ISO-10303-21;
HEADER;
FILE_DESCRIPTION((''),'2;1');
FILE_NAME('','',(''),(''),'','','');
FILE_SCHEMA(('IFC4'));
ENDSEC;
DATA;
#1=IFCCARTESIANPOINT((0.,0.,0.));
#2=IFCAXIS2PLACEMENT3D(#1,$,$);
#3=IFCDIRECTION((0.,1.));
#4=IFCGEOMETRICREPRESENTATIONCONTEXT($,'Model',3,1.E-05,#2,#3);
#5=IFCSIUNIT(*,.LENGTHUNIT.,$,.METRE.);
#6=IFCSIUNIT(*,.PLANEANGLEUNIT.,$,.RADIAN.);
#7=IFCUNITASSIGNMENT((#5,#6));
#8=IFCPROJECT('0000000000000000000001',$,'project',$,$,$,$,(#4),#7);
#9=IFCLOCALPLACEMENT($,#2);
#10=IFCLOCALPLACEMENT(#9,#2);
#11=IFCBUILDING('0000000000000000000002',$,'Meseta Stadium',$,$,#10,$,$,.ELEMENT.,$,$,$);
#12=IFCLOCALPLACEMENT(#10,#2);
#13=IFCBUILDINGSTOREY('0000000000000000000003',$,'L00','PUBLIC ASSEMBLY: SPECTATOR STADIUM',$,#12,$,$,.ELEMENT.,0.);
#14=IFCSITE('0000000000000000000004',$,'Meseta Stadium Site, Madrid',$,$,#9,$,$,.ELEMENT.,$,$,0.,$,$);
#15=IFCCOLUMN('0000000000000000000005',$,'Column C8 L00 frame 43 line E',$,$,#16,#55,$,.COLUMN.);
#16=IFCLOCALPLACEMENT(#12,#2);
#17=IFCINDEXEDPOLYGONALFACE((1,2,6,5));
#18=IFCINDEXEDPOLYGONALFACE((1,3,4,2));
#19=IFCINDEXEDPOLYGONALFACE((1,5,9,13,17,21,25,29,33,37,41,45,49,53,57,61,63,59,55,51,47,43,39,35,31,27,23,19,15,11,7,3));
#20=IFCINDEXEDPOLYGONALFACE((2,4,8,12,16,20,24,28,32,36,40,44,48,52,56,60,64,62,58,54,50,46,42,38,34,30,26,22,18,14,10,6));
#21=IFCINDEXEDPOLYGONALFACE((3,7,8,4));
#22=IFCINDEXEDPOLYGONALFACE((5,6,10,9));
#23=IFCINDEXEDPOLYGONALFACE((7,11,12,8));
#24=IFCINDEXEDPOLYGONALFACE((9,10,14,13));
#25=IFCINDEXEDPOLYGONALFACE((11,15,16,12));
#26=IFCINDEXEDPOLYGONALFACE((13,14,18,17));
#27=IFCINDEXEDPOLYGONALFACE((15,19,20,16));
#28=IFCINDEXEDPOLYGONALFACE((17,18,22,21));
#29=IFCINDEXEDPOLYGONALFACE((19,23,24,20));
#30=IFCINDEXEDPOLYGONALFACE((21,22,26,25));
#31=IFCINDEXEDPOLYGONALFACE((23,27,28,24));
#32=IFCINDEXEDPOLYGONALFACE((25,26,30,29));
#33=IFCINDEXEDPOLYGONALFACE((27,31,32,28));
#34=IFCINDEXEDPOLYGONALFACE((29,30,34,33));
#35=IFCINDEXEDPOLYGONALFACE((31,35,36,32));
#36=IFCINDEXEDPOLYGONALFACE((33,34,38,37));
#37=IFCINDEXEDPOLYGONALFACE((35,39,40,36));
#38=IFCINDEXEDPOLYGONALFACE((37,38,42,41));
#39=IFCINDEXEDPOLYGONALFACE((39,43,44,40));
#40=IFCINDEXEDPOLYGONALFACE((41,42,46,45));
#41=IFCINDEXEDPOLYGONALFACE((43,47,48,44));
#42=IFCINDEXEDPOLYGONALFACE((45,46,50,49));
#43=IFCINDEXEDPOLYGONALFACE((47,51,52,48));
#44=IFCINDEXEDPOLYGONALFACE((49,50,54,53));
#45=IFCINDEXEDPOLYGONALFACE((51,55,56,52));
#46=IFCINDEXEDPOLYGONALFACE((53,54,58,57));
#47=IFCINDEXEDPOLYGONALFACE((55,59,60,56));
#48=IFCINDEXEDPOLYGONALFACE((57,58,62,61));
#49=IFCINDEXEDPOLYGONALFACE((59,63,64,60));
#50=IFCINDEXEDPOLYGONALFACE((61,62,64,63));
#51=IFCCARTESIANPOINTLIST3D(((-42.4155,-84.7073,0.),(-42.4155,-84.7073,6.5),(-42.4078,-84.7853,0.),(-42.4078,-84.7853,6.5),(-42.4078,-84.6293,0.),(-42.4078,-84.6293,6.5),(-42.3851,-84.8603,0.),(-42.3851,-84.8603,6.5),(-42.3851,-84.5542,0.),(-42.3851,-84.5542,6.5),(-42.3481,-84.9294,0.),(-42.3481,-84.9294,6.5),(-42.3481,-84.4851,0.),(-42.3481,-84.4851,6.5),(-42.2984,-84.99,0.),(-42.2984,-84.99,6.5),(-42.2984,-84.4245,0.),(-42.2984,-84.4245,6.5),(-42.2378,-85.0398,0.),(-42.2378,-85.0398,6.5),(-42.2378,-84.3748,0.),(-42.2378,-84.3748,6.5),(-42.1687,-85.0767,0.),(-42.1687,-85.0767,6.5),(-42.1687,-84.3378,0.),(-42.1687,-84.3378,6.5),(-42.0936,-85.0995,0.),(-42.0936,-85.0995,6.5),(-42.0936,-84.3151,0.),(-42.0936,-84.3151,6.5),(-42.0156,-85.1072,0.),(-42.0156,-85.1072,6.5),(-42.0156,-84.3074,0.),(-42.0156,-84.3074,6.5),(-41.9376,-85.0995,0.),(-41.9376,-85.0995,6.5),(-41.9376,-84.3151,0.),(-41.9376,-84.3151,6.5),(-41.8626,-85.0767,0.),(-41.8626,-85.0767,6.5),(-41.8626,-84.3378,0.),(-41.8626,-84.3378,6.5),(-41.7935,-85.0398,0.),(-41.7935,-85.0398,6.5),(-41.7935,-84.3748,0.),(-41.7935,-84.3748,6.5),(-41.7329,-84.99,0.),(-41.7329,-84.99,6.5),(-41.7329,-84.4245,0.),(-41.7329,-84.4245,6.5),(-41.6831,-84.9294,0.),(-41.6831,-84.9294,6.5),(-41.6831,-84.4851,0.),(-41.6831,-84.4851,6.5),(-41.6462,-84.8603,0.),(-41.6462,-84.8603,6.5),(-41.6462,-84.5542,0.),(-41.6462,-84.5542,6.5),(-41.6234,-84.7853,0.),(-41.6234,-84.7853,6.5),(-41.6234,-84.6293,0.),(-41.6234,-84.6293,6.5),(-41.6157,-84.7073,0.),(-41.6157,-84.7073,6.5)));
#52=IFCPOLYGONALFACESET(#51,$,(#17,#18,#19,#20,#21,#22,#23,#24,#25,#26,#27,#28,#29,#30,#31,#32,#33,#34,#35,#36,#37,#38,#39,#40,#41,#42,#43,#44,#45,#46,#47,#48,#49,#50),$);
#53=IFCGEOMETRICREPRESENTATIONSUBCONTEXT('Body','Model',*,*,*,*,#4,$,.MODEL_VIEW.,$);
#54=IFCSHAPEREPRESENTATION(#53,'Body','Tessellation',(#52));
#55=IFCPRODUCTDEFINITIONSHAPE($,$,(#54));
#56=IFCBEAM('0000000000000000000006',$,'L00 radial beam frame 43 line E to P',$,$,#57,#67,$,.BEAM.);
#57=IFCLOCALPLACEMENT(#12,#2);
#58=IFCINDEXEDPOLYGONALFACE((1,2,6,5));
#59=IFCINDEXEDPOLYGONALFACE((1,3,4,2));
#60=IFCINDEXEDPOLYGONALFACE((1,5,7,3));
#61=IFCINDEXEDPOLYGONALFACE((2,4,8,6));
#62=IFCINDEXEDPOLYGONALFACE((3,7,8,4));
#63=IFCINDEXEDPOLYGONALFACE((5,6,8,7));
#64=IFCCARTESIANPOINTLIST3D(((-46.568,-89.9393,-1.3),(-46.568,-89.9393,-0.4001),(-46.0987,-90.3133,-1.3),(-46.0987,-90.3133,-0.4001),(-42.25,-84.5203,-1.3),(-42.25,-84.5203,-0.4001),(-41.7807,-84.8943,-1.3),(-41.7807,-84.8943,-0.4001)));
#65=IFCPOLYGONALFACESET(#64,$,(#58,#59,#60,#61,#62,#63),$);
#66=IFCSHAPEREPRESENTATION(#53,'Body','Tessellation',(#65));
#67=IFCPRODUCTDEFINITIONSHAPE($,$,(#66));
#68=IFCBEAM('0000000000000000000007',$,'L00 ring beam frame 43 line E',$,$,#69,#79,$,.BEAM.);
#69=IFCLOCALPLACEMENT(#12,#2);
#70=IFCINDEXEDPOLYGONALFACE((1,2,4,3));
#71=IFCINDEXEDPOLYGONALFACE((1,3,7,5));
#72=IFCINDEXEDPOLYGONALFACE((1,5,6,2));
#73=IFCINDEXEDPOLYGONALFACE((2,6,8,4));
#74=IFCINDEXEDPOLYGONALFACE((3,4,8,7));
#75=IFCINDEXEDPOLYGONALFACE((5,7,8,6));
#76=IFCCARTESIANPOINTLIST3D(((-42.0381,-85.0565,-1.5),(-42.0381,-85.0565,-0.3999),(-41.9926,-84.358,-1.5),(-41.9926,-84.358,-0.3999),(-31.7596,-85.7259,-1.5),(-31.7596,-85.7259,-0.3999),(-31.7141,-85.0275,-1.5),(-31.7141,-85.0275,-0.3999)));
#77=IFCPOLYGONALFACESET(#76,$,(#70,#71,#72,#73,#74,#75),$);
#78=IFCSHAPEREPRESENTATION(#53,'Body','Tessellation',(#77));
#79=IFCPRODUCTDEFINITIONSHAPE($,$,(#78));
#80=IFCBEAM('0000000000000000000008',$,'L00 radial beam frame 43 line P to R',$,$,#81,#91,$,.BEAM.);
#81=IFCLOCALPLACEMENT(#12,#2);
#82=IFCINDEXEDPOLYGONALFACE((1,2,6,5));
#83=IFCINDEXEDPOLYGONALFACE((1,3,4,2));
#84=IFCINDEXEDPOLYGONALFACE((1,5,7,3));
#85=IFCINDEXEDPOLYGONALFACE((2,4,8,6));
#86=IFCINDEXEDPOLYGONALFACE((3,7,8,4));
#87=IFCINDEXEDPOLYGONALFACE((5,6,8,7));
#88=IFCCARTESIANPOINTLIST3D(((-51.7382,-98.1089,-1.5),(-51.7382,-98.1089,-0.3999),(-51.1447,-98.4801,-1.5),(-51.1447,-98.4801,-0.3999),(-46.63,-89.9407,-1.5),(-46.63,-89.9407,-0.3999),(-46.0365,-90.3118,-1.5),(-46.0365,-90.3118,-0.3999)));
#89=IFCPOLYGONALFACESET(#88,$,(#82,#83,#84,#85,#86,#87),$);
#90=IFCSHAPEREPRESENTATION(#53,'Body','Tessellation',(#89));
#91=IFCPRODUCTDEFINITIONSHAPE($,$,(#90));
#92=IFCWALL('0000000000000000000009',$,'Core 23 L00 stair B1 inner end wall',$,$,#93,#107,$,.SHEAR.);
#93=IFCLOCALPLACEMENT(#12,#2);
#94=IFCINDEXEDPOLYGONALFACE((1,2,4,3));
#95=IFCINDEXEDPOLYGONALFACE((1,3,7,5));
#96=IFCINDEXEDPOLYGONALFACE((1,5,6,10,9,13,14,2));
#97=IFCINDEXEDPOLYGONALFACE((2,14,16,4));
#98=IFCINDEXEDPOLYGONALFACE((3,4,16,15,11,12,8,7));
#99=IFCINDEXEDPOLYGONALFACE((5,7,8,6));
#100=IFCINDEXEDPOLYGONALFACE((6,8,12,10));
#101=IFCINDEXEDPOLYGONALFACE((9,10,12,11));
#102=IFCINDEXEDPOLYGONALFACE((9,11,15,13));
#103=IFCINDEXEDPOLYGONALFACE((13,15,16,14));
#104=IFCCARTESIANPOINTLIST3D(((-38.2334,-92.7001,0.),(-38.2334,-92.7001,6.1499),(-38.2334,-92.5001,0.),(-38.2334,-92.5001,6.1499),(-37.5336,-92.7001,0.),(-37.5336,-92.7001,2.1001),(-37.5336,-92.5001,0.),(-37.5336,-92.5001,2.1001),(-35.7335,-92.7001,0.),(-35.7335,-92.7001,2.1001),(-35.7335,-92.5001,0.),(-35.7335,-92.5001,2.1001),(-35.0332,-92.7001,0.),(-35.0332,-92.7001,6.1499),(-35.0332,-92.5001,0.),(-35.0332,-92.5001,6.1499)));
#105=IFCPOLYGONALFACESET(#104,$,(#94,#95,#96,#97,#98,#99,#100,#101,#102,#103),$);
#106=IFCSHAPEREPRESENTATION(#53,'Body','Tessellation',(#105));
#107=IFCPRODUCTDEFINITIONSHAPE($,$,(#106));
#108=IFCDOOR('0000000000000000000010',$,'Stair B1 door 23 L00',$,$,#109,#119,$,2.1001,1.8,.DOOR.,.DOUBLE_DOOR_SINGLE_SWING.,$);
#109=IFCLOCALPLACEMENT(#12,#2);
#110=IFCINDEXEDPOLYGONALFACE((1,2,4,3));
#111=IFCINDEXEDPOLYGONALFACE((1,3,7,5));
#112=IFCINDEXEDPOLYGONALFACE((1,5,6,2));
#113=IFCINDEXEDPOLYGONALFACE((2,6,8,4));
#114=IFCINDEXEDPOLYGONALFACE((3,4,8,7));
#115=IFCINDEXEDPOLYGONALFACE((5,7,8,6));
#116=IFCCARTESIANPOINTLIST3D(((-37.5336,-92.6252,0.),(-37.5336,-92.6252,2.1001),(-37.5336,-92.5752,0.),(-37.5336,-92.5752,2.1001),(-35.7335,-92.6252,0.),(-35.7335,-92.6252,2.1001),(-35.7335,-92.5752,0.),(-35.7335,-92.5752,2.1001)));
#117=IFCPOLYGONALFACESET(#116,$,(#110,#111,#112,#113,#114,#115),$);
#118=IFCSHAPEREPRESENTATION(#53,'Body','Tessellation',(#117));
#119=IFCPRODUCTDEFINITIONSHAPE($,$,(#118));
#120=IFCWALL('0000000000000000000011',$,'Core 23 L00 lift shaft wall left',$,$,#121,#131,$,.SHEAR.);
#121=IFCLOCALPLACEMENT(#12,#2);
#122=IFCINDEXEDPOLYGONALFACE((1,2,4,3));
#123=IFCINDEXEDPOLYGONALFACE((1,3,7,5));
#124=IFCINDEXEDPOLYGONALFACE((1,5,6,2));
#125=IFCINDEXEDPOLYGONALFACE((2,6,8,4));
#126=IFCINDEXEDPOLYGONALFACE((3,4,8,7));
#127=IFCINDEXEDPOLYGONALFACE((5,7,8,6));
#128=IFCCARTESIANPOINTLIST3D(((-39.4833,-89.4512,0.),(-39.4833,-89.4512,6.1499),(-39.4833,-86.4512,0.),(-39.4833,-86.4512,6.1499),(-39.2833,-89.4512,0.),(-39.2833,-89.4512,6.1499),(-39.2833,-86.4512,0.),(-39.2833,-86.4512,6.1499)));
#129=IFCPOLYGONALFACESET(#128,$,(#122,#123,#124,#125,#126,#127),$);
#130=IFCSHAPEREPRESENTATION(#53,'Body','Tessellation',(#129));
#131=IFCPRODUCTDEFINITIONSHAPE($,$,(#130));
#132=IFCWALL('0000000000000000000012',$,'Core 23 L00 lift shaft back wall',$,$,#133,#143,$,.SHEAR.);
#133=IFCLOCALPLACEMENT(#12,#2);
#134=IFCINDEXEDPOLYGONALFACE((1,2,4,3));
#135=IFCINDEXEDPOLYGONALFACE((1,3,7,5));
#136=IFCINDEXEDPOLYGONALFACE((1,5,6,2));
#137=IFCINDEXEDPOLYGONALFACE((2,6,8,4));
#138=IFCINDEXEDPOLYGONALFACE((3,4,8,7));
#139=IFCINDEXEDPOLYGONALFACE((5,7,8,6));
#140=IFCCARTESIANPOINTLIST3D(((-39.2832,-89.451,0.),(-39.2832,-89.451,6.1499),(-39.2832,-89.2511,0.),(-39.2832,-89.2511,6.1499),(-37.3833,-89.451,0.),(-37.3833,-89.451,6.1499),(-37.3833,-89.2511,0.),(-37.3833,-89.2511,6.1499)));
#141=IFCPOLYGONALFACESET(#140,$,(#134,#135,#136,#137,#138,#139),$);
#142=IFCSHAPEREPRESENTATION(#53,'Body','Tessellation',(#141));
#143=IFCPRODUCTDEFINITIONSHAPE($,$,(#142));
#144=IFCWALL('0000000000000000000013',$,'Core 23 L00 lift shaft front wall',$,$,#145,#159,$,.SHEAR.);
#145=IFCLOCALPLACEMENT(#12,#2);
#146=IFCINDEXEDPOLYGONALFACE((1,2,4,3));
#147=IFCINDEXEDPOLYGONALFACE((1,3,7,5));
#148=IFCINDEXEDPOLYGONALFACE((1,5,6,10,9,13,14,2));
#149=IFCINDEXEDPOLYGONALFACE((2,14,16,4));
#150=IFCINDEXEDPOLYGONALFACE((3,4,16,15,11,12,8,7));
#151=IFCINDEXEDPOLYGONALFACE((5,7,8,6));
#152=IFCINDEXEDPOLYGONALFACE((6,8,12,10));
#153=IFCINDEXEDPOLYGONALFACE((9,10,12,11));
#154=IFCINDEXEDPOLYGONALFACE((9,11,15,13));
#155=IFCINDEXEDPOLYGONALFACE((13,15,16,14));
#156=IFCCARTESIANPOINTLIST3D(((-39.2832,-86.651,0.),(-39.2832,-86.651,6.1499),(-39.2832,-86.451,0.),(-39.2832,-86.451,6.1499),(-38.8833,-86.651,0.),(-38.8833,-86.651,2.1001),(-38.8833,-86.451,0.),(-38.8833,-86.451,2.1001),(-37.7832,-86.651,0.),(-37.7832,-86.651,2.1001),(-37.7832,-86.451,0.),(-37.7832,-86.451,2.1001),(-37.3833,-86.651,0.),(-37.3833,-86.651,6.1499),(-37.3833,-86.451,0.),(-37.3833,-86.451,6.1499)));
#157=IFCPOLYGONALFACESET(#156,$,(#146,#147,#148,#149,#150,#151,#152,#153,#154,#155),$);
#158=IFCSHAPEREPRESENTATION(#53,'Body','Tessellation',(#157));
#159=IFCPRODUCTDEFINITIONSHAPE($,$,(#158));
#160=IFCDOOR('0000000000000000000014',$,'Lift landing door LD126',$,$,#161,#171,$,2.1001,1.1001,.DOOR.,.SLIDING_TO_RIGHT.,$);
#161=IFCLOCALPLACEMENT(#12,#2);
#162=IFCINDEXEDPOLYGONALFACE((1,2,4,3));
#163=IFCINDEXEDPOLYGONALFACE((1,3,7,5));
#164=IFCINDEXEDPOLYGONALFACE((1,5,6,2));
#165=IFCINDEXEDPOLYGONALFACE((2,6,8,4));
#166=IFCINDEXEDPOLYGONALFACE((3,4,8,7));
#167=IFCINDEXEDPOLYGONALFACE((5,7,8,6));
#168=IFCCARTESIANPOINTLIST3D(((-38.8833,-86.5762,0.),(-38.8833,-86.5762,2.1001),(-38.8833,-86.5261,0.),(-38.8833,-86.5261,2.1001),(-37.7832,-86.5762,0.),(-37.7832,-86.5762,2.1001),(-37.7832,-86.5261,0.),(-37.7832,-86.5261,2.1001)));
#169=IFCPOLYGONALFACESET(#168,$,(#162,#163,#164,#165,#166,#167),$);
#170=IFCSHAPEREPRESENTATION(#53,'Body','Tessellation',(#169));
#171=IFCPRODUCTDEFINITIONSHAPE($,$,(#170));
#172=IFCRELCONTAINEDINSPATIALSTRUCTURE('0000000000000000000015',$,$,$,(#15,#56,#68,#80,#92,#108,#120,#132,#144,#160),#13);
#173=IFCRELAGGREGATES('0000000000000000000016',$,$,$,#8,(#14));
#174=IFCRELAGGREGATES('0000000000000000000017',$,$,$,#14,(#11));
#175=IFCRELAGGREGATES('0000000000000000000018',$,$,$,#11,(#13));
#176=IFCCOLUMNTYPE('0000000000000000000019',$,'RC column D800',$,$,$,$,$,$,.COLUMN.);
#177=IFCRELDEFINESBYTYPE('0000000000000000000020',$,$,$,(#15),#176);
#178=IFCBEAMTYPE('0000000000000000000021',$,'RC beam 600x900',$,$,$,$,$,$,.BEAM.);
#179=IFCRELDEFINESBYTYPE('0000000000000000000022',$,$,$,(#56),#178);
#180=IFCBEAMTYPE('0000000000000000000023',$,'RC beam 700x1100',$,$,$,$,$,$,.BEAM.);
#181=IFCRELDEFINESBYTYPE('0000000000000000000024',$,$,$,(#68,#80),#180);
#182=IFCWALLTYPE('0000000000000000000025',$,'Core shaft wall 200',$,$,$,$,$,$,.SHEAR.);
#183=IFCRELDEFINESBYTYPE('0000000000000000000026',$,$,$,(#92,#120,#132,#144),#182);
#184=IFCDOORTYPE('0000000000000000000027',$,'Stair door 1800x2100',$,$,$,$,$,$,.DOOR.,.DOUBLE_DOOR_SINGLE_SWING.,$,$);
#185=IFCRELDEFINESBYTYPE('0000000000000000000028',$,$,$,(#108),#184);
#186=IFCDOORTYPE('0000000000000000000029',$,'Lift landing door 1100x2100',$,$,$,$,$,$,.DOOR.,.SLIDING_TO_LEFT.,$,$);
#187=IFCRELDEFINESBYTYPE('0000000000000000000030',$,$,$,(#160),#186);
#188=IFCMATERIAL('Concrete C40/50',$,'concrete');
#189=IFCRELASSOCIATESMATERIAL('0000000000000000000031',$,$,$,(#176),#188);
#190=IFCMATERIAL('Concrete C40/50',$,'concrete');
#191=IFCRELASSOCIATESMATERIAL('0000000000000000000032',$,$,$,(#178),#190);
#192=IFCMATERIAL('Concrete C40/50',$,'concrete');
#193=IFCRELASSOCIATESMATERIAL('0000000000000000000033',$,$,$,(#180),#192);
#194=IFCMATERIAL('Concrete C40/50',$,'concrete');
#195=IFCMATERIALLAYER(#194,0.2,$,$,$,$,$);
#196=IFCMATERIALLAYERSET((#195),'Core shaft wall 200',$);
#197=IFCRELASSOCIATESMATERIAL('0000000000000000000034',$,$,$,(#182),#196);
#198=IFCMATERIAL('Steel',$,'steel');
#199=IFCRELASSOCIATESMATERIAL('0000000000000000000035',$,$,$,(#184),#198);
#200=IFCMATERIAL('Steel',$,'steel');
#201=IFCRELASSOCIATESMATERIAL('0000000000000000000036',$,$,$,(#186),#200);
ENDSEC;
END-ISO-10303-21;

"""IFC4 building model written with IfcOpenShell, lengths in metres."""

from ifc_helpers import new_model, si_unit, direction, frame, frame_2d, origin, origin_2d, place, context, subcontext, project, spatial, rectangle, circle, extrude, material, layer, layer_set, material_profile, profile_set, type_object, element, fill, save


model = new_model("IFC4")

# Units and contexts
model_context = context("Model", 3, precision=1e-05, world=origin(), true_north=direction((0.0, 1.0)))
body_context = subcontext(model_context, "Body", "Model", "MODEL_VIEW")
ifc_project = project(units=[si_unit("LENGTHUNIT", "METRE"), si_unit("PLANEANGLEUNIT", "RADIAN")], contexts=[model_context])

# Site, building, storey
site_placement = place(None, origin())
site = spatial("IfcSite", under=ifc_project, at=site_placement, Name="Meseta Stadium Site, Madrid", CompositionType="ELEMENT", RefElevation=0.0)
building_placement = place(site_placement, origin())
building = spatial("IfcBuilding", under=site, at=building_placement, Name="Meseta Stadium", CompositionType="ELEMENT")
storey_placement = place(building_placement, origin())
storey = spatial("IfcBuildingStorey", under=building, at=storey_placement, Name="L00", Description="PUBLIC ASSEMBLY: SPECTATOR STADIUM", CompositionType="ELEMENT", Elevation=0.0)

# Column
ifc_material_1 = material(Name="Concrete C40/50", Category="concrete")
ifc_material_profile_1 = material_profile(ifc_material_1, circle(Radius=0.3999, at=origin_2d()), Name="RC D800")
ifc_profile_set_1 = profile_set([ifc_material_profile_1], Name="Concrete C40/50")
column_type = type_object("IfcColumnType", Name="RC column D800", PredefinedType="COLUMN", material=ifc_profile_set_1)
column_placement = place(storey_placement, frame((-42.0156, -84.7073, 0.0), z_axis=(0.0, 0.0, 1.0), x_axis=(1.0, 0.0, 0.0)))
element("IfcColumn", 1, at=column_placement, inside=storey, type_object=column_type, Name="Column C8 L00 frame 43 line E", PredefinedType="COLUMN", context=body_context, shape_type="SweptSolid", body=[
    extrude(circle(Radius=0.3999, at=origin_2d()), origin(), (0.0, 0.0, 1.0), 6.5),
])

# Beams
ifc_material_2 = material(Name="Concrete C40/50", Category="concrete")
ifc_material_profile_2 = material_profile(ifc_material_2, rectangle(XDim=0.6001, YDim=0.8999, at=origin_2d()), Name="RC 600x900")
ifc_profile_set_2 = profile_set([ifc_material_profile_2], Name="Concrete C40/50")
beam_type_1 = type_object("IfcBeamType", Name="RC beam 600x900", PredefinedType="BEAM", material=ifc_profile_set_2)
beam_1_placement = place(storey_placement, frame((-42.0154, -84.7073, -0.8501), z_axis=(-0.623173, -0.782084, 0.0), x_axis=(0.782084, -0.623173, 0.0)))
element("IfcBeam", 2, at=beam_1_placement, inside=storey, type_object=beam_type_1, Name="L00 radial beam frame 43 line E to P", PredefinedType="BEAM", context=body_context, shape_type="SweptSolid", body=[
    extrude(rectangle(XDim=0.6001, YDim=0.8999, at=origin_2d()), origin(), (0.0, 0.0, 1.0), 6.929),
])
ifc_material_3 = material(Name="Concrete C40/50", Category="concrete")
ifc_material_profile_3 = material_profile(ifc_material_3, rectangle(XDim=0.7, YDim=1.1001, at=origin_2d()), Name="RC 700x1100")
ifc_profile_set_3 = profile_set([ifc_material_profile_3], Name="Concrete C40/50")
beam_type_2 = type_object("IfcBeamType", Name="RC beam 700x1100", PredefinedType="BEAM", material=ifc_profile_set_3)
beam_2_placement = place(storey_placement, frame((-42.0154, -84.7073, -0.95), z_axis=(0.997886, -0.064991, 0.0), x_axis=(0.064991, 0.997886, 0.0)))
element("IfcBeam", 3, at=beam_2_placement, inside=storey, type_object=beam_type_2, Name="L00 ring beam frame 43 line E", PredefinedType="BEAM", context=body_context, shape_type="SweptSolid", body=[
    extrude(rectangle(XDim=0.7, YDim=1.1001, at=origin_2d()), origin(), (0.0, 0.0, 1.0), 10.3003),
])
beam_3_placement = place(storey_placement, frame((-46.3333, -90.1262, -0.95), z_axis=(-0.530224, -0.847857, 0.0), x_axis=(0.847857, -0.530224, 0.0)))
element("IfcBeam", 4, at=beam_3_placement, inside=storey, type_object=beam_type_2, Name="L00 radial beam frame 43 line P to R", PredefinedType="BEAM", context=body_context, shape_type="SweptSolid", body=[
    extrude(rectangle(XDim=0.7, YDim=1.1001, at=origin_2d()), origin(), (0.0, 0.0, 1.0), 9.634),
])

# Wall, opening, door
ifc_material_4 = material(Name="Concrete C40/50", Category="concrete")
ifc_layer_1 = layer(ifc_material_4, 0.2)
ifc_layer_set_1 = layer_set([ifc_layer_1], Name="Core shaft wall 200")
wall_type_1 = type_object("IfcWallType", Name="Core shaft wall 200", PredefinedType="SHEAR", material=ifc_layer_set_1)
wall_1_placement = place(storey_placement, frame((-38.2334, -92.6001, 0.0), z_axis=(0.0, 0.0, 1.0), x_axis=(1.0, 0.0, 0.0)))
wall_1 = element("IfcWall", 5, at=wall_1_placement, inside=storey, type_object=wall_type_1, Name="Core 23 L00 stair B1 inner end wall", PredefinedType="SHEAR", context=body_context, shape_type="SweptSolid", body=[
    extrude(rectangle(XDim=3.2002, YDim=0.2, at=frame_2d((1.6001, 0.0))), origin(), (0.0, 0.0, 1.0), 6.1499),
])
opening_1_placement = place(wall_1_placement, frame((0.7, 0.0, 0.0)))
opening_1 = element("IfcOpeningElement", 6, at=opening_1_placement, cuts=wall_1, PredefinedType="OPENING", context=body_context, shape_type="SweptSolid", body=[
    extrude(rectangle(XDim=1.8, YDim=2.1001, at=frame_2d((0.8999, 1.05))), frame((0.0, 0.1099, 0.0), z_axis=(0.0, -1.0, 0.0), x_axis=(1.0, 0.0, 0.0)), (0.0, 0.0, 1.0), 0.22),
])
ifc_material_5 = material(Name="Steel", Category="steel")
door_type_1 = type_object("IfcDoorType", Name="Stair door 1800x2100", OperationType="DOUBLE_DOOR_SINGLE_SWING", PredefinedType="DOOR", material=ifc_material_5)
door_1_placement = place(opening_1_placement, origin())
door_1 = element("IfcDoor", 7, at=door_1_placement, inside=storey, type_object=door_type_1, Name="Stair B1 door 23 L00", OperationType="DOUBLE_DOOR_SINGLE_SWING", OverallHeight=2.1001, OverallWidth=1.8, PredefinedType="DOOR", context=body_context, shape_type="SweptSolid", body=[
    extrude(rectangle(XDim=1.8, YDim=2.1001, at=frame_2d((0.8999, 1.05))), frame((0.0, 0.0249, 0.0), z_axis=(0.0, -1.0, 0.0), x_axis=(1.0, 0.0, 0.0)), (0.0, 0.0, 1.0), 0.05),
])
fill(opening_1, door_1)

# Walls
wall_2_placement = place(storey_placement, frame((-39.3833, -89.4512, 0.0), z_axis=(0.0, 0.0, 1.0), x_axis=(0.0, 1.0, 0.0)))
element("IfcWall", 8, at=wall_2_placement, inside=storey, type_object=wall_type_1, Name="Core 23 L00 lift shaft wall left", PredefinedType="SHEAR", context=body_context, shape_type="SweptSolid", body=[
    extrude(rectangle(XDim=3.0, YDim=0.2, at=frame_2d((1.5, 0.0))), origin(), (0.0, 0.0, 1.0), 6.1499),
])
wall_3_placement = place(storey_placement, frame((-39.2832, -89.3511, 0.0), z_axis=(0.0, 0.0, 1.0), x_axis=(1.0, 0.0, 0.0)))
element("IfcWall", 9, at=wall_3_placement, inside=storey, type_object=wall_type_1, Name="Core 23 L00 lift shaft back wall", PredefinedType="SHEAR", context=body_context, shape_type="SweptSolid", body=[
    extrude(rectangle(XDim=1.8999, YDim=0.2, at=frame_2d((0.95, 0.0))), origin(), (0.0, 0.0, 1.0), 6.1499),
])

# Wall, opening, door
wall_4_placement = place(storey_placement, frame((-39.2832, -86.551, 0.0), z_axis=(0.0, 0.0, 1.0), x_axis=(1.0, 0.0, 0.0)))
wall_4 = element("IfcWall", 10, at=wall_4_placement, inside=storey, type_object=wall_type_1, Name="Core 23 L00 lift shaft front wall", PredefinedType="SHEAR", context=body_context, shape_type="SweptSolid", body=[
    extrude(rectangle(XDim=1.8999, YDim=0.2, at=frame_2d((0.95, 0.0))), origin(), (0.0, 0.0, 1.0), 6.1499),
])
opening_2_placement = place(wall_4_placement, frame((0.3999, 0.0, 0.0)))
opening_2 = element("IfcOpeningElement", 11, at=opening_2_placement, cuts=wall_4, PredefinedType="OPENING", context=body_context, shape_type="SweptSolid", body=[
    extrude(rectangle(XDim=1.1001, YDim=2.1001, at=frame_2d((0.55, 1.05))), frame((0.0, 0.1099, 0.0), z_axis=(0.0, -1.0, 0.0), x_axis=(1.0, 0.0, 0.0)), (0.0, 0.0, 1.0), 0.22),
])
ifc_material_6 = material(Name="Steel", Category="steel")
door_type_2 = type_object("IfcDoorType", Name="Lift landing door 1100x2100", OperationType="SLIDING_TO_LEFT", PredefinedType="DOOR", material=ifc_material_6)
door_2_placement = place(opening_2_placement, origin())
door_2 = element("IfcDoor", 12, at=door_2_placement, inside=storey, type_object=door_type_2, Name="Lift landing door LD126", OperationType="SLIDING_TO_RIGHT", OverallHeight=2.1001, OverallWidth=1.1001, PredefinedType="DOOR", context=body_context, shape_type="SweptSolid", body=[
    extrude(rectangle(XDim=1.1001, YDim=2.1001, at=frame_2d((0.55, 1.05))), frame((0.0, 0.0249, 0.0), z_axis=(0.0, -1.0, 0.0), x_axis=(1.0, 0.0, 0.0)), (0.0, 0.0, 1.0), 0.05),
])
fill(opening_2, door_2)

save(model, "model.ifc")
